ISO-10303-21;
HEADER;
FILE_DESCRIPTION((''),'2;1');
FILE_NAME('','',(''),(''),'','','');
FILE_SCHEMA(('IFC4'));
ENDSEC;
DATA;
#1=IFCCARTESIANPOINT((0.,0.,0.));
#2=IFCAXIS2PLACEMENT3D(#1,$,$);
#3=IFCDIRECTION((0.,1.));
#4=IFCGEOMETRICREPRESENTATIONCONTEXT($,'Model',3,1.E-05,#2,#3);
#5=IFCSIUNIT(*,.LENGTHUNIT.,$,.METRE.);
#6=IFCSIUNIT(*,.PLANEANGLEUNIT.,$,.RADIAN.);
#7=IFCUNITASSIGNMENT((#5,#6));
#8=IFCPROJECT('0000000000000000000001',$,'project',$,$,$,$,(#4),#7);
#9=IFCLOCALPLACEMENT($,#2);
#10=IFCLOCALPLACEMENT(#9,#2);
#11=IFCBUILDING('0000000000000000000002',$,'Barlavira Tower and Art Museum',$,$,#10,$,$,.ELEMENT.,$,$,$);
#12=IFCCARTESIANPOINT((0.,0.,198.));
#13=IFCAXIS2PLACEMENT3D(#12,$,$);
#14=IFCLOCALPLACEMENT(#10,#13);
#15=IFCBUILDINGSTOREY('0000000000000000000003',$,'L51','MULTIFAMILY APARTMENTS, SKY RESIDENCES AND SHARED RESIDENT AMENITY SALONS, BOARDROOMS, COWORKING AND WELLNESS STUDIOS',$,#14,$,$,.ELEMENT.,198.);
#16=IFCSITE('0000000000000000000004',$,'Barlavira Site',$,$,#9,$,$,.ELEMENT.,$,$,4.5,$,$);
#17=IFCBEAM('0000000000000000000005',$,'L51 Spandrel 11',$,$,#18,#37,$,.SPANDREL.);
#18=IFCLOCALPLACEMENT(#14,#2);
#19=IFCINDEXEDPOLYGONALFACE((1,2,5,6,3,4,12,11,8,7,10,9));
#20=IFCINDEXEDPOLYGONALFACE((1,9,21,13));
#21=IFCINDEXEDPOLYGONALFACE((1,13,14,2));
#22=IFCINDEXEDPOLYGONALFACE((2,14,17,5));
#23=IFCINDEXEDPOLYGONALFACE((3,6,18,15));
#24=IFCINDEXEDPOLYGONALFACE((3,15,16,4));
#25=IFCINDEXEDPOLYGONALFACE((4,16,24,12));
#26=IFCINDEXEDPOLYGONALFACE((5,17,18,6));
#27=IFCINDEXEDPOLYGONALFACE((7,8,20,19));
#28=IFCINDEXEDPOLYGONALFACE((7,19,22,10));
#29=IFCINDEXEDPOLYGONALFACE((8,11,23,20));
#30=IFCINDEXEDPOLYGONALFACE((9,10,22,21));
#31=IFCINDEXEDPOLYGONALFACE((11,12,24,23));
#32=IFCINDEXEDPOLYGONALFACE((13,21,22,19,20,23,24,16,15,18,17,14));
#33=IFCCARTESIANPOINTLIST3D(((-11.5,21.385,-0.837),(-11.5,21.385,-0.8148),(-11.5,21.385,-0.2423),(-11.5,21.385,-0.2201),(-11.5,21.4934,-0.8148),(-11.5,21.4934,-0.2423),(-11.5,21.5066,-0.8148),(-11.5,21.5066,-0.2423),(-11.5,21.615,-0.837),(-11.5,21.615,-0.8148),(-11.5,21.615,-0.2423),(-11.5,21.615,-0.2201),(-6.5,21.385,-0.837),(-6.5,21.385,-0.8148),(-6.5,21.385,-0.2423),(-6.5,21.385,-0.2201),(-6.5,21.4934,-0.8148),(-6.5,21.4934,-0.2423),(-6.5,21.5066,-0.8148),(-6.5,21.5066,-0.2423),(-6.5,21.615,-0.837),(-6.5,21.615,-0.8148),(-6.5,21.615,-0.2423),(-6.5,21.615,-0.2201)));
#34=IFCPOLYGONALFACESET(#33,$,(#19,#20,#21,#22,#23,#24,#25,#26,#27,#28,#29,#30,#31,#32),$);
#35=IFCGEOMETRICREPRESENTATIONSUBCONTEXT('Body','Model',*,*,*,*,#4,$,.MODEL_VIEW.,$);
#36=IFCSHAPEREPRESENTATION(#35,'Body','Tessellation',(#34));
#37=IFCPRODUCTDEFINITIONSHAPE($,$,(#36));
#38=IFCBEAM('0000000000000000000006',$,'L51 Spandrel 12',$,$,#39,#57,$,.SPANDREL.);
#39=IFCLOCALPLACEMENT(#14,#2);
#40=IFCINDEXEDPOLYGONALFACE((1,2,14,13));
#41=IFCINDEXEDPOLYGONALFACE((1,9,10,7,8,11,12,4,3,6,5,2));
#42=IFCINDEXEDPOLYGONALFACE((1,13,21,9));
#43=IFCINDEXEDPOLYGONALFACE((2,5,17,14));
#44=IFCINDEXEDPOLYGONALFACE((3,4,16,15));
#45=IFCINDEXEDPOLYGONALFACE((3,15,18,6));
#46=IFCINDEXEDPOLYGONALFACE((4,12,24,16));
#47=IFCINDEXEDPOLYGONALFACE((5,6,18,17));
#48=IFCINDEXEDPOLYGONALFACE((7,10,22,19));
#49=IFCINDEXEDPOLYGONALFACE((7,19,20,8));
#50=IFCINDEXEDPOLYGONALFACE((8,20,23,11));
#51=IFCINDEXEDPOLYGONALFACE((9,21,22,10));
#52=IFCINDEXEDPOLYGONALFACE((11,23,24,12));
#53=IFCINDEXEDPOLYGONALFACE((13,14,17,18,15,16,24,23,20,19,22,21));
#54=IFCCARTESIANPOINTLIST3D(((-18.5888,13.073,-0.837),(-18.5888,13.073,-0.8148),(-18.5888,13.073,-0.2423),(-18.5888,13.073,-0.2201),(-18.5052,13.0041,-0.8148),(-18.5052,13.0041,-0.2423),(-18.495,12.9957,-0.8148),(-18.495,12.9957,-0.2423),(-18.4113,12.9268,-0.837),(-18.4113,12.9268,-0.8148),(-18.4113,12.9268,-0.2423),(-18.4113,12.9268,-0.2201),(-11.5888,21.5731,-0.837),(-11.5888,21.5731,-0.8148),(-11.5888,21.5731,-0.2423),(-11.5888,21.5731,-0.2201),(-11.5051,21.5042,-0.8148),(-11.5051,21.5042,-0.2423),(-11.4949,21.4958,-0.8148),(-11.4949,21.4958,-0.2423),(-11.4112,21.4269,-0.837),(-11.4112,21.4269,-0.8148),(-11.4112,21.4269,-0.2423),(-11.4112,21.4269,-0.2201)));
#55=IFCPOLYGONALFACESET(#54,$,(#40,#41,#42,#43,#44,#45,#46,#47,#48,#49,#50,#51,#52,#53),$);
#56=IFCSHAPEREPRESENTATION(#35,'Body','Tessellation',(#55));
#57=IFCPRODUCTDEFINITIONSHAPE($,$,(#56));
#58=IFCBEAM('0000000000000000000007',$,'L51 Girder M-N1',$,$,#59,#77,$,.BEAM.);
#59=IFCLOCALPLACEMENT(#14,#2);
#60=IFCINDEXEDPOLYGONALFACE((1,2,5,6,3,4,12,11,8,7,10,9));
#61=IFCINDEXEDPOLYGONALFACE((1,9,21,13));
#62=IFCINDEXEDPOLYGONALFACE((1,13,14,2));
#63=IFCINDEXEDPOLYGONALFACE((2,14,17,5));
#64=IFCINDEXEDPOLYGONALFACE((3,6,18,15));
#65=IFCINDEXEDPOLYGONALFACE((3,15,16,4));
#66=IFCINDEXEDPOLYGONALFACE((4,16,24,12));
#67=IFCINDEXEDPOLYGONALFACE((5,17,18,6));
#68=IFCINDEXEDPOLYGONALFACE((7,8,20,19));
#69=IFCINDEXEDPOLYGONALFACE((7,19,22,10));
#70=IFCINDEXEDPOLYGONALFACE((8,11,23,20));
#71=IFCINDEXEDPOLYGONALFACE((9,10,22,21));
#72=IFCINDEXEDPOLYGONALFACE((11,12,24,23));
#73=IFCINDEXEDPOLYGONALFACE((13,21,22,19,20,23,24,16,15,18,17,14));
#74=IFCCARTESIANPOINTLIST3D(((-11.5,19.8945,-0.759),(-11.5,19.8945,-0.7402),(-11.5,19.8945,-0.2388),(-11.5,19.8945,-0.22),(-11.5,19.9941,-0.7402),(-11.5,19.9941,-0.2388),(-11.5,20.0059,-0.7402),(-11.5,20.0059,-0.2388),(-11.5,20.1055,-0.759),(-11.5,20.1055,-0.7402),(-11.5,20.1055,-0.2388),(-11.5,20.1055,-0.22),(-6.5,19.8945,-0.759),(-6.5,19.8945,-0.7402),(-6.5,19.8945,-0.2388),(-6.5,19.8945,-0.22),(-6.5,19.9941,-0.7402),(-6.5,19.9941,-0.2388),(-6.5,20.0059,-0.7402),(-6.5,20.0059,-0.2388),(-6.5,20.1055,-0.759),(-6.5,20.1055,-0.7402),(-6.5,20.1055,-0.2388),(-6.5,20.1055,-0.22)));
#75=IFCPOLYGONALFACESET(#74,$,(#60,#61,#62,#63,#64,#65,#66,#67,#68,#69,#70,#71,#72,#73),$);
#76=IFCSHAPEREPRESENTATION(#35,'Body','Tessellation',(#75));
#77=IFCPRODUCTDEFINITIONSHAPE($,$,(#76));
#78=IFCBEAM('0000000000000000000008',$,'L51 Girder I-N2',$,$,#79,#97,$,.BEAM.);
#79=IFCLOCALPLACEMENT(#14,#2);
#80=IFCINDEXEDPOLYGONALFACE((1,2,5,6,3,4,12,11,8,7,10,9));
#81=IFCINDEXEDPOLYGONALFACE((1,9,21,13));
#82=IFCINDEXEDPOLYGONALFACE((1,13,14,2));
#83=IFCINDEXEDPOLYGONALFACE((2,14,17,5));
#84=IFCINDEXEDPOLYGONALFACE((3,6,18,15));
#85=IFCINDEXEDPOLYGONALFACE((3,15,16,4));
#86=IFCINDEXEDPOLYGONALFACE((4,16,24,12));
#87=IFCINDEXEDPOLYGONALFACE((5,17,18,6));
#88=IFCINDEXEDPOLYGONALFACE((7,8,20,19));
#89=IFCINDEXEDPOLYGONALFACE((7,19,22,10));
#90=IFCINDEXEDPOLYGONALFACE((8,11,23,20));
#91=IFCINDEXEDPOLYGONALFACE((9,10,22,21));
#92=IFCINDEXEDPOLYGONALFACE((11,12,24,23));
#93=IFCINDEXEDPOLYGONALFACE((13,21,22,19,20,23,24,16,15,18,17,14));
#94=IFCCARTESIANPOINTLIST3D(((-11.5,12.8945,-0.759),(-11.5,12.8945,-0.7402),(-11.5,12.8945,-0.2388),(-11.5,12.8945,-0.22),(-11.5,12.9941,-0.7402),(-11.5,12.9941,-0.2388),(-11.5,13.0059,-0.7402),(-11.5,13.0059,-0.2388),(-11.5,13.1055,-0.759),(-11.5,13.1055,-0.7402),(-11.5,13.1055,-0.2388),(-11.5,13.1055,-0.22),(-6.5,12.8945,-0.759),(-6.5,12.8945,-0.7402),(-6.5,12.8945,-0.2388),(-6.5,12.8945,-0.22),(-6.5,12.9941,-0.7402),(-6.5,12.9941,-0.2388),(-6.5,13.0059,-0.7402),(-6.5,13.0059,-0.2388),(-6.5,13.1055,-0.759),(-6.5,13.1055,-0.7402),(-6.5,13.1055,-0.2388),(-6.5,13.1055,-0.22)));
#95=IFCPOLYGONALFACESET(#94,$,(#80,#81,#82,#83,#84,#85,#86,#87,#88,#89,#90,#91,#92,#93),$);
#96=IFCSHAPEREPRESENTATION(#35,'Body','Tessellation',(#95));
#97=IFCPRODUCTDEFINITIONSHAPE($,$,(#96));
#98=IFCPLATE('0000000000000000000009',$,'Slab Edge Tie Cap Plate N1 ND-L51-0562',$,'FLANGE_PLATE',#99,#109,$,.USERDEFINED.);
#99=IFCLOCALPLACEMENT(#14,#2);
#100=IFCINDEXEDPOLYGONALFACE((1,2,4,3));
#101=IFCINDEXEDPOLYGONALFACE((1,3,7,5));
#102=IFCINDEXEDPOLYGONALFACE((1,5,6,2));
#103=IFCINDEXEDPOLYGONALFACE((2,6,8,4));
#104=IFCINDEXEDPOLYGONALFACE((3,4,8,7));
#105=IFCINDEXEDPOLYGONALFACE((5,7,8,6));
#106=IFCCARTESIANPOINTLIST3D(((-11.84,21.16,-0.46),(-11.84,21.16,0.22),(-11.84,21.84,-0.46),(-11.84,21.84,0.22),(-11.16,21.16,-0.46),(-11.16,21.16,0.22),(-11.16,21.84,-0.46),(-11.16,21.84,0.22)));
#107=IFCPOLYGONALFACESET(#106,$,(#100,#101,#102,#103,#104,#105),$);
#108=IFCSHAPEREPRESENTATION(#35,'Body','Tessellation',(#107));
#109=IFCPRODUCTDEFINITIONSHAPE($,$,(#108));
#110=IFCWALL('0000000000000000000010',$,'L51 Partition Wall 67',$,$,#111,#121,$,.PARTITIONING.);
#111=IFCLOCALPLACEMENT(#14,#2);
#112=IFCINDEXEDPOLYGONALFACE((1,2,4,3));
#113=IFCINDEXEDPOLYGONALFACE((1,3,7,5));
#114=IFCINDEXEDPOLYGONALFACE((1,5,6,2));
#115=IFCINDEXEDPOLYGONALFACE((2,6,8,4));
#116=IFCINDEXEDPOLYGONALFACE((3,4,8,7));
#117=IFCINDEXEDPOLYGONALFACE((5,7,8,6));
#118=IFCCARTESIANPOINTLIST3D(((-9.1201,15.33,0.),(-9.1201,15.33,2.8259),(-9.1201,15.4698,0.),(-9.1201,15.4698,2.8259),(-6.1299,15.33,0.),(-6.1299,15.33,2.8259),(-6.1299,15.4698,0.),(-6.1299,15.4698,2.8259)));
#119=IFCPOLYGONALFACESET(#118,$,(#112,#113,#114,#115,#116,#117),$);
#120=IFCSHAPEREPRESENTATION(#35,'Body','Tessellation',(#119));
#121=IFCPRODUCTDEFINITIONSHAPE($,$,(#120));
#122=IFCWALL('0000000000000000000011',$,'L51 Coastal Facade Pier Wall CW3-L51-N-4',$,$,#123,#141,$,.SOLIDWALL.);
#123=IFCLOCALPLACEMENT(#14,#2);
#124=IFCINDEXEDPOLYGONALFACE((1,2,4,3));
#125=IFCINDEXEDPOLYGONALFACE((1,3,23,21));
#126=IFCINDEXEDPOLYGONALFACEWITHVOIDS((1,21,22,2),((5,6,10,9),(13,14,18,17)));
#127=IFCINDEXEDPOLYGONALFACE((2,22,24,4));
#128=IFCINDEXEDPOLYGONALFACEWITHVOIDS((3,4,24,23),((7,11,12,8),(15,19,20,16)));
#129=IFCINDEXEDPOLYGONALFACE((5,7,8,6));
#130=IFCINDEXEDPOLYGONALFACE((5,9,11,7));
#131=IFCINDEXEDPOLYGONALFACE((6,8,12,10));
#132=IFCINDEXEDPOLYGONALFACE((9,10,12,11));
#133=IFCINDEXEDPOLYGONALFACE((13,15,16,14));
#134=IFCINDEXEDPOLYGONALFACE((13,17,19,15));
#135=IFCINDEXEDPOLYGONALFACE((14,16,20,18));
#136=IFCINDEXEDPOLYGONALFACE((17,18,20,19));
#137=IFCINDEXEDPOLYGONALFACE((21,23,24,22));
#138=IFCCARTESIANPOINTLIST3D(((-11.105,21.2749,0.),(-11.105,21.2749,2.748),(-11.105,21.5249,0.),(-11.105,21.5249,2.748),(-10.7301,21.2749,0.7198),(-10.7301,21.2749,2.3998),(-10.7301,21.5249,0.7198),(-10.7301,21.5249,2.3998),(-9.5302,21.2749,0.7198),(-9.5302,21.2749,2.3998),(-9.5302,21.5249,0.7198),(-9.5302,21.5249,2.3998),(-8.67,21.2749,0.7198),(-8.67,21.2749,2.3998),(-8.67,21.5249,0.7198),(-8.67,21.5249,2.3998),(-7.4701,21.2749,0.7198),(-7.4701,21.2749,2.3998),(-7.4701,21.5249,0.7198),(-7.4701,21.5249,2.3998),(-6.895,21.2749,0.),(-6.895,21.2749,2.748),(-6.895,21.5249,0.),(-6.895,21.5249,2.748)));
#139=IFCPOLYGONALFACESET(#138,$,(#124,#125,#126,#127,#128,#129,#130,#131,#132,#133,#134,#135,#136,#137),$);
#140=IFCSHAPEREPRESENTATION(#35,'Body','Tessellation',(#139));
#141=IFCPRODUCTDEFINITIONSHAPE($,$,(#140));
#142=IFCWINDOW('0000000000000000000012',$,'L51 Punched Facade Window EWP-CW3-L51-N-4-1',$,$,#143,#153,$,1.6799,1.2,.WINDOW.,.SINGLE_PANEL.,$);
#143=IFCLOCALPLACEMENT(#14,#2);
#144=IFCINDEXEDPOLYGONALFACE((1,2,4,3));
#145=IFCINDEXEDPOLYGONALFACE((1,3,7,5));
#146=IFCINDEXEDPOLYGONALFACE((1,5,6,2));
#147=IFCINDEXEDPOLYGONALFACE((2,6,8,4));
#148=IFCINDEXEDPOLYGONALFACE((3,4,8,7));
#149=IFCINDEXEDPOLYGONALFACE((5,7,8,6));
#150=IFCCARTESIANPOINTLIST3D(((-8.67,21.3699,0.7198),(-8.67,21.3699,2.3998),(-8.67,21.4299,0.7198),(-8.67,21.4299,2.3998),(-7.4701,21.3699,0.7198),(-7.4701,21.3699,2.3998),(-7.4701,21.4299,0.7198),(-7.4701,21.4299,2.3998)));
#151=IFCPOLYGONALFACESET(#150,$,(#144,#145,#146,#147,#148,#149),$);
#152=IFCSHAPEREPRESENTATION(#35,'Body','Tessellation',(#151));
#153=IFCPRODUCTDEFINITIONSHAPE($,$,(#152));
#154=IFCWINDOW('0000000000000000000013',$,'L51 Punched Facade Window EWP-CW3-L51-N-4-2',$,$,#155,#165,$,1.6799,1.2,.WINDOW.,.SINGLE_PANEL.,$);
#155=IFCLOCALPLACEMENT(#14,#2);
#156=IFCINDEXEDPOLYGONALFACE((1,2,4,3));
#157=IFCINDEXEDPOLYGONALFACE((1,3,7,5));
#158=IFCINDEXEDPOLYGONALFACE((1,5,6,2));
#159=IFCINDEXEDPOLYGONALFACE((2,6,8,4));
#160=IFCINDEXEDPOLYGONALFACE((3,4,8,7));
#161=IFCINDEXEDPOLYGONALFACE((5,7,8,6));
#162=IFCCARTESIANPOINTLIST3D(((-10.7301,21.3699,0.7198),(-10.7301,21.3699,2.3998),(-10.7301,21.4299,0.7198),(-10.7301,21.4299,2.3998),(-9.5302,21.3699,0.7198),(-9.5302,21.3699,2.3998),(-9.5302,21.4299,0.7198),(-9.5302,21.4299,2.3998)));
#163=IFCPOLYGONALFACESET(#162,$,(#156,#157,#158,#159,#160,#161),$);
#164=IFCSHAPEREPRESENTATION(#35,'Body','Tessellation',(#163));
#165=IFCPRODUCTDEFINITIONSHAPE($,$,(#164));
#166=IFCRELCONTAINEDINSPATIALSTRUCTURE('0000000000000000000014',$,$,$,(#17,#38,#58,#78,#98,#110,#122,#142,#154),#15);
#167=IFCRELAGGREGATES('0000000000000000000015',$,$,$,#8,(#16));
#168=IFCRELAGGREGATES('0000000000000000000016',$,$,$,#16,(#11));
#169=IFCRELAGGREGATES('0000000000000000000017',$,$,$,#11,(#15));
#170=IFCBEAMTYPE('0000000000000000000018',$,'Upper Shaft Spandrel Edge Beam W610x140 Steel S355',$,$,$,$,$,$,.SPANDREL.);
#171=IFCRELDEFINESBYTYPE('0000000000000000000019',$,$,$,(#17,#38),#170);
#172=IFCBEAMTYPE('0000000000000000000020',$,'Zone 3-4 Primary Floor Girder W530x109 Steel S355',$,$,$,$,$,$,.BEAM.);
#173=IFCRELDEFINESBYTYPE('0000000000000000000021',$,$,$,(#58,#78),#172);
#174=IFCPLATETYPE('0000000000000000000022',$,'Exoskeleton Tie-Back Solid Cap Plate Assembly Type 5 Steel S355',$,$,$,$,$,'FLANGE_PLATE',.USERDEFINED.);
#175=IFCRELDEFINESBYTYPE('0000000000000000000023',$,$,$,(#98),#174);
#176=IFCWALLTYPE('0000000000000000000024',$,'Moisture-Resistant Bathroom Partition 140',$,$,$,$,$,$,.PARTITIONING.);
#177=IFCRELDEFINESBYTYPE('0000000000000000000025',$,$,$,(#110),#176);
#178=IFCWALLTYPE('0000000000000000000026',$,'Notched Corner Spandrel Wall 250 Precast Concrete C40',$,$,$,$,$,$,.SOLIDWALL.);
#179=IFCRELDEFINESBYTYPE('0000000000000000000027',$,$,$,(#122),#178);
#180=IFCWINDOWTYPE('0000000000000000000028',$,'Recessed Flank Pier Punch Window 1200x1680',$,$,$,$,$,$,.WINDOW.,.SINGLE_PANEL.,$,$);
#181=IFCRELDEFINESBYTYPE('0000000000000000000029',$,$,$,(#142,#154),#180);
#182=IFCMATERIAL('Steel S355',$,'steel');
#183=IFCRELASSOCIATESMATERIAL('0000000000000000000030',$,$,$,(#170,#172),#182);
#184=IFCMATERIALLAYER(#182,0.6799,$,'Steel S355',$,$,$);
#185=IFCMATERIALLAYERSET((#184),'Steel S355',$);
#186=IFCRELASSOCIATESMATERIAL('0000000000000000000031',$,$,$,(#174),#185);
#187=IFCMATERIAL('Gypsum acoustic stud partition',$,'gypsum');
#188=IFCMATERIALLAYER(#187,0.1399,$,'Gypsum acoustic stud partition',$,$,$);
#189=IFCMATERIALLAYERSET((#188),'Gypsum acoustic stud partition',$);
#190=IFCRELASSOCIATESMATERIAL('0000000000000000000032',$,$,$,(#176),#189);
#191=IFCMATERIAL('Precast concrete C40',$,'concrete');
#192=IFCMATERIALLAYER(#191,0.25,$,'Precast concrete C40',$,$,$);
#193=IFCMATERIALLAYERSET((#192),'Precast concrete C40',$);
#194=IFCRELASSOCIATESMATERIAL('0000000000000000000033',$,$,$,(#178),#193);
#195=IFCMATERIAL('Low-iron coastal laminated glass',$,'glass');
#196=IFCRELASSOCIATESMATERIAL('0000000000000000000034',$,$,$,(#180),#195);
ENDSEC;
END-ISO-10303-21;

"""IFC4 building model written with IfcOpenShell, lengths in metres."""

from ifc_helpers import new_model, si_unit, direction, frame, frame_2d, origin, origin_2d, place, context, subcontext, project, spatial, rectangle, i_section, extrude, material, layer, layer_set, material_profile, profile_set, type_object, element, fill, save


model = new_model("IFC4")

# Units and contexts
model_context = context("Model", 3, precision=1e-05, world=origin(), true_north=direction((0.0, 1.0)))
body_context = subcontext(model_context, "Body", "Model", "MODEL_VIEW")
ifc_project = project(units=[si_unit("LENGTHUNIT", "METRE"), si_unit("PLANEANGLEUNIT", "RADIAN")], contexts=[model_context])

# Site, building, storey
site_placement = place(None, origin())
site = spatial("IfcSite", under=ifc_project, at=site_placement, Name="Barlavira Site", CompositionType="ELEMENT", RefElevation=4.5)
building_placement = place(site_placement, origin())
building = spatial("IfcBuilding", under=site, at=building_placement, Name="Barlavira Tower and Art Museum", CompositionType="ELEMENT")
storey_placement = place(building_placement, frame((0.0, 0.0, 198.0)))
storey = spatial("IfcBuildingStorey", under=building, at=storey_placement, Name="L51", Description="MULTIFAMILY APARTMENTS, SKY RESIDENCES AND SHARED RESIDENT AMENITY SALONS, BOARDROOMS, COWORKING AND WELLNESS STUDIOS", CompositionType="ELEMENT", Elevation=198.0)

# Shared definitions
ifc_material_1 = material(Name="Steel S355", Category="steel")

# Beams
ifc_material_profile_1 = material_profile(ifc_material_1, i_section(OverallWidth=0.23, OverallDepth=0.6169, WebThickness=0.0132, FlangeThickness=0.0222, at=origin_2d()), Name="W610x140.0")
ifc_profile_set_1 = profile_set([ifc_material_profile_1], Name="Steel S355")
beam_type_1 = type_object("IfcBeamType", Name="Upper Shaft Spandrel Edge Beam W610x140 Steel S355", PredefinedType="SPANDREL", material=ifc_profile_set_1)
beam_1_placement = place(storey_placement, frame((-11.5, 21.5, -0.5286), z_axis=(1.0, 0.0, 0.0), x_axis=(0.0, 1.0, 0.0)))
element("IfcBeam", 1, at=beam_1_placement, inside=storey, type_object=beam_type_1, Name="L51 Spandrel 11", PredefinedType="SPANDREL", context=body_context, shape_type="SweptSolid", body=[
    extrude(i_section(OverallWidth=0.23, OverallDepth=0.6169, WebThickness=0.0132, FlangeThickness=0.0222, at=origin_2d()), origin(), (0.0, 0.0, 1.0), 5.0),
])
beam_2_placement = place(storey_placement, frame((-11.5, 21.5, -0.5286), z_axis=(-0.635707, -0.77193, 0.0), x_axis=(0.77193, -0.635707, 0.0)))
element("IfcBeam", 2, at=beam_2_placement, inside=storey, type_object=beam_type_1, Name="L51 Spandrel 12", PredefinedType="SPANDREL", context=body_context, shape_type="SweptSolid", body=[
    extrude(i_section(OverallWidth=0.23, OverallDepth=0.6169, WebThickness=0.0132, FlangeThickness=0.0222, at=origin_2d()), origin(), (0.0, 0.0, 1.0), 11.0115),
])
ifc_material_profile_2 = material_profile(ifc_material_1, i_section(OverallWidth=0.2109, OverallDepth=0.5391, WebThickness=0.0117, FlangeThickness=0.0188, at=origin_2d()), Name="W530x109.0")
ifc_profile_set_2 = profile_set([ifc_material_profile_2], Name="Steel S355")
beam_type_2 = type_object("IfcBeamType", Name="Zone 3-4 Primary Floor Girder W530x109 Steel S355", PredefinedType="BEAM", material=ifc_profile_set_2)
for number, where, z_axis, x_axis, name in (
    (3, (-11.5, 20.0, -0.4895), (1.0, 0.0, 0.0), (0.0, 1.0, 0.0), "L51 Girder M-N1"),
    (4, (-11.5, 13.0, -0.4895), (1.0, 0.0, 0.0), (0.0, 1.0, 0.0), "L51 Girder I-N2"),
):
    element("IfcBeam", number, at=place(storey_placement, frame(where, z_axis=z_axis, x_axis=x_axis)), inside=storey, type_object=beam_type_2, Name=name, PredefinedType="BEAM", context=body_context, shape_type="SweptSolid", body=[
        extrude(i_section(OverallWidth=0.2109, OverallDepth=0.5391, WebThickness=0.0117, FlangeThickness=0.0188, at=origin_2d()), origin(), (0.0, 0.0, 1.0), 5.0),
    ])

# Plate
ifc_layer_1 = layer(ifc_material_1, 0.6799, Name="Steel S355")
ifc_layer_set_1 = layer_set([ifc_layer_1], Name="Steel S355")
plate_type = type_object("IfcPlateType", Name="Exoskeleton Tie-Back Solid Cap Plate Assembly Type 5 Steel S355", ElementType="FLANGE_PLATE", PredefinedType="USERDEFINED", material=ifc_layer_set_1)
plate_placement = place(storey_placement, frame((-11.5, 21.5, -0.46), z_axis=(0.0, 0.0, 1.0), x_axis=(1.0, 0.0, 0.0)))
element("IfcPlate", 5, at=plate_placement, inside=storey, type_object=plate_type, Name="Slab Edge Tie Cap Plate N1 ND-L51-0562", ObjectType="FLANGE_PLATE", PredefinedType="USERDEFINED", context=body_context, shape_type="SweptSolid", body=[
    extrude(rectangle(XDim=0.6799, YDim=0.6799, at=origin_2d()), origin(), (0.0, 0.0, 1.0), 0.6799),
])

# Wall
ifc_material_2 = material(Name="Gypsum acoustic stud partition", Category="gypsum")
ifc_layer_2 = layer(ifc_material_2, 0.1399, Name="Gypsum acoustic stud partition")
ifc_layer_set_2 = layer_set([ifc_layer_2], Name="Gypsum acoustic stud partition")
wall_type_1 = type_object("IfcWallType", Name="Moisture-Resistant Bathroom Partition 140", PredefinedType="PARTITIONING", material=ifc_layer_set_2)
wall_1_placement = place(storey_placement, frame((-9.1201, 15.3999, 0.0), z_axis=(0.0, 0.0, 1.0), x_axis=(1.0, 0.0, 0.0)))
element("IfcWall", 6, at=wall_1_placement, inside=storey, type_object=wall_type_1, Name="L51 Partition Wall 67", PredefinedType="PARTITIONING", context=body_context, shape_type="SweptSolid", body=[
    extrude(rectangle(XDim=2.9902, YDim=0.1399, at=frame_2d((1.4951, 0.0))), origin(), (0.0, 0.0, 1.0), 2.8259),
])

# Wall, openings, windows
ifc_material_3 = material(Name="Precast concrete C40", Category="concrete")
ifc_layer_3 = layer(ifc_material_3, 0.25, Name="Precast concrete C40")
ifc_layer_set_3 = layer_set([ifc_layer_3], Name="Precast concrete C40")
wall_type_2 = type_object("IfcWallType", Name="Notched Corner Spandrel Wall 250 Precast Concrete C40", PredefinedType="SOLIDWALL", material=ifc_layer_set_3)
wall_2_placement = place(storey_placement, frame((-6.895, 21.3999, 0.0), z_axis=(0.0, 0.0, 1.0), x_axis=(-1.0, 0.0, 0.0)))
wall_2 = element("IfcWall", 7, at=wall_2_placement, inside=storey, type_object=wall_type_2, Name="L51 Coastal Facade Pier Wall CW3-L51-N-4", PredefinedType="SOLIDWALL", context=body_context, shape_type="SweptSolid", body=[
    extrude(rectangle(XDim=4.21, YDim=0.25, at=frame_2d((2.105, 0.0))), origin(), (0.0, 0.0, 1.0), 2.748),
])
opening_1_placement = place(wall_2_placement, frame((0.575, 0.0, 0.72)))
opening_1 = element("IfcOpeningElement", 8, at=opening_1_placement, cuts=wall_2, PredefinedType="OPENING", context=body_context, shape_type="SweptSolid", body=[
    extrude(rectangle(XDim=1.2, YDim=1.6799, at=frame_2d((0.6001, 0.8398))), frame((0.0, 0.135, 0.0), z_axis=(0.0, -1.0, 0.0), x_axis=(1.0, 0.0, 0.0)), (0.0, 0.0, 1.0), 0.27),
])
opening_2_placement = place(wall_2_placement, frame((2.635, 0.0, 0.72)))
opening_2 = element("IfcOpeningElement", 9, at=opening_2_placement, cuts=wall_2, PredefinedType="OPENING", context=body_context, shape_type="SweptSolid", body=[
    extrude(rectangle(XDim=1.2, YDim=1.6799, at=frame_2d((0.6001, 0.8398))), frame((0.0, 0.135, 0.0), z_axis=(0.0, -1.0, 0.0), x_axis=(1.0, 0.0, 0.0)), (0.0, 0.0, 1.0), 0.27),
])
ifc_material_4 = material(Name="Low-iron coastal laminated glass", Category="glass")
window_type = type_object("IfcWindowType", Name="Recessed Flank Pier Punch Window 1200x1680", PartitioningType="SINGLE_PANEL", PredefinedType="WINDOW", material=ifc_material_4)
window_1_placement = place(opening_1_placement, origin())
window_1 = element("IfcWindow", 10, at=window_1_placement, inside=storey, type_object=window_type, Name="L51 Punched Facade Window EWP-CW3-L51-N-4-1", OverallHeight=1.6799, OverallWidth=1.2, PartitioningType="SINGLE_PANEL", PredefinedType="WINDOW", context=body_context, shape_type="SweptSolid", body=[
    extrude(rectangle(XDim=1.2, YDim=1.6799, at=frame_2d((0.6001, 0.8398))), frame((0.0, 0.03, 0.0), z_axis=(0.0, -1.0, 0.0), x_axis=(1.0, 0.0, 0.0)), (0.0, 0.0, 1.0), 0.0601),
])
fill(opening_1, window_1)
window_2_placement = place(opening_2_placement, origin())
window_2 = element("IfcWindow", 11, at=window_2_placement, inside=storey, type_object=window_type, Name="L51 Punched Facade Window EWP-CW3-L51-N-4-2", OverallHeight=1.6799, OverallWidth=1.2, PartitioningType="SINGLE_PANEL", PredefinedType="WINDOW", context=body_context, shape_type="SweptSolid", body=[
    extrude(rectangle(XDim=1.2, YDim=1.6799, at=frame_2d((0.6001, 0.8398))), frame((0.0, 0.03, 0.0), z_axis=(0.0, -1.0, 0.0), x_axis=(1.0, 0.0, 0.0)), (0.0, 0.0, 1.0), 0.0601),
])
fill(opening_2, window_2)

save(model, "model.ifc")
